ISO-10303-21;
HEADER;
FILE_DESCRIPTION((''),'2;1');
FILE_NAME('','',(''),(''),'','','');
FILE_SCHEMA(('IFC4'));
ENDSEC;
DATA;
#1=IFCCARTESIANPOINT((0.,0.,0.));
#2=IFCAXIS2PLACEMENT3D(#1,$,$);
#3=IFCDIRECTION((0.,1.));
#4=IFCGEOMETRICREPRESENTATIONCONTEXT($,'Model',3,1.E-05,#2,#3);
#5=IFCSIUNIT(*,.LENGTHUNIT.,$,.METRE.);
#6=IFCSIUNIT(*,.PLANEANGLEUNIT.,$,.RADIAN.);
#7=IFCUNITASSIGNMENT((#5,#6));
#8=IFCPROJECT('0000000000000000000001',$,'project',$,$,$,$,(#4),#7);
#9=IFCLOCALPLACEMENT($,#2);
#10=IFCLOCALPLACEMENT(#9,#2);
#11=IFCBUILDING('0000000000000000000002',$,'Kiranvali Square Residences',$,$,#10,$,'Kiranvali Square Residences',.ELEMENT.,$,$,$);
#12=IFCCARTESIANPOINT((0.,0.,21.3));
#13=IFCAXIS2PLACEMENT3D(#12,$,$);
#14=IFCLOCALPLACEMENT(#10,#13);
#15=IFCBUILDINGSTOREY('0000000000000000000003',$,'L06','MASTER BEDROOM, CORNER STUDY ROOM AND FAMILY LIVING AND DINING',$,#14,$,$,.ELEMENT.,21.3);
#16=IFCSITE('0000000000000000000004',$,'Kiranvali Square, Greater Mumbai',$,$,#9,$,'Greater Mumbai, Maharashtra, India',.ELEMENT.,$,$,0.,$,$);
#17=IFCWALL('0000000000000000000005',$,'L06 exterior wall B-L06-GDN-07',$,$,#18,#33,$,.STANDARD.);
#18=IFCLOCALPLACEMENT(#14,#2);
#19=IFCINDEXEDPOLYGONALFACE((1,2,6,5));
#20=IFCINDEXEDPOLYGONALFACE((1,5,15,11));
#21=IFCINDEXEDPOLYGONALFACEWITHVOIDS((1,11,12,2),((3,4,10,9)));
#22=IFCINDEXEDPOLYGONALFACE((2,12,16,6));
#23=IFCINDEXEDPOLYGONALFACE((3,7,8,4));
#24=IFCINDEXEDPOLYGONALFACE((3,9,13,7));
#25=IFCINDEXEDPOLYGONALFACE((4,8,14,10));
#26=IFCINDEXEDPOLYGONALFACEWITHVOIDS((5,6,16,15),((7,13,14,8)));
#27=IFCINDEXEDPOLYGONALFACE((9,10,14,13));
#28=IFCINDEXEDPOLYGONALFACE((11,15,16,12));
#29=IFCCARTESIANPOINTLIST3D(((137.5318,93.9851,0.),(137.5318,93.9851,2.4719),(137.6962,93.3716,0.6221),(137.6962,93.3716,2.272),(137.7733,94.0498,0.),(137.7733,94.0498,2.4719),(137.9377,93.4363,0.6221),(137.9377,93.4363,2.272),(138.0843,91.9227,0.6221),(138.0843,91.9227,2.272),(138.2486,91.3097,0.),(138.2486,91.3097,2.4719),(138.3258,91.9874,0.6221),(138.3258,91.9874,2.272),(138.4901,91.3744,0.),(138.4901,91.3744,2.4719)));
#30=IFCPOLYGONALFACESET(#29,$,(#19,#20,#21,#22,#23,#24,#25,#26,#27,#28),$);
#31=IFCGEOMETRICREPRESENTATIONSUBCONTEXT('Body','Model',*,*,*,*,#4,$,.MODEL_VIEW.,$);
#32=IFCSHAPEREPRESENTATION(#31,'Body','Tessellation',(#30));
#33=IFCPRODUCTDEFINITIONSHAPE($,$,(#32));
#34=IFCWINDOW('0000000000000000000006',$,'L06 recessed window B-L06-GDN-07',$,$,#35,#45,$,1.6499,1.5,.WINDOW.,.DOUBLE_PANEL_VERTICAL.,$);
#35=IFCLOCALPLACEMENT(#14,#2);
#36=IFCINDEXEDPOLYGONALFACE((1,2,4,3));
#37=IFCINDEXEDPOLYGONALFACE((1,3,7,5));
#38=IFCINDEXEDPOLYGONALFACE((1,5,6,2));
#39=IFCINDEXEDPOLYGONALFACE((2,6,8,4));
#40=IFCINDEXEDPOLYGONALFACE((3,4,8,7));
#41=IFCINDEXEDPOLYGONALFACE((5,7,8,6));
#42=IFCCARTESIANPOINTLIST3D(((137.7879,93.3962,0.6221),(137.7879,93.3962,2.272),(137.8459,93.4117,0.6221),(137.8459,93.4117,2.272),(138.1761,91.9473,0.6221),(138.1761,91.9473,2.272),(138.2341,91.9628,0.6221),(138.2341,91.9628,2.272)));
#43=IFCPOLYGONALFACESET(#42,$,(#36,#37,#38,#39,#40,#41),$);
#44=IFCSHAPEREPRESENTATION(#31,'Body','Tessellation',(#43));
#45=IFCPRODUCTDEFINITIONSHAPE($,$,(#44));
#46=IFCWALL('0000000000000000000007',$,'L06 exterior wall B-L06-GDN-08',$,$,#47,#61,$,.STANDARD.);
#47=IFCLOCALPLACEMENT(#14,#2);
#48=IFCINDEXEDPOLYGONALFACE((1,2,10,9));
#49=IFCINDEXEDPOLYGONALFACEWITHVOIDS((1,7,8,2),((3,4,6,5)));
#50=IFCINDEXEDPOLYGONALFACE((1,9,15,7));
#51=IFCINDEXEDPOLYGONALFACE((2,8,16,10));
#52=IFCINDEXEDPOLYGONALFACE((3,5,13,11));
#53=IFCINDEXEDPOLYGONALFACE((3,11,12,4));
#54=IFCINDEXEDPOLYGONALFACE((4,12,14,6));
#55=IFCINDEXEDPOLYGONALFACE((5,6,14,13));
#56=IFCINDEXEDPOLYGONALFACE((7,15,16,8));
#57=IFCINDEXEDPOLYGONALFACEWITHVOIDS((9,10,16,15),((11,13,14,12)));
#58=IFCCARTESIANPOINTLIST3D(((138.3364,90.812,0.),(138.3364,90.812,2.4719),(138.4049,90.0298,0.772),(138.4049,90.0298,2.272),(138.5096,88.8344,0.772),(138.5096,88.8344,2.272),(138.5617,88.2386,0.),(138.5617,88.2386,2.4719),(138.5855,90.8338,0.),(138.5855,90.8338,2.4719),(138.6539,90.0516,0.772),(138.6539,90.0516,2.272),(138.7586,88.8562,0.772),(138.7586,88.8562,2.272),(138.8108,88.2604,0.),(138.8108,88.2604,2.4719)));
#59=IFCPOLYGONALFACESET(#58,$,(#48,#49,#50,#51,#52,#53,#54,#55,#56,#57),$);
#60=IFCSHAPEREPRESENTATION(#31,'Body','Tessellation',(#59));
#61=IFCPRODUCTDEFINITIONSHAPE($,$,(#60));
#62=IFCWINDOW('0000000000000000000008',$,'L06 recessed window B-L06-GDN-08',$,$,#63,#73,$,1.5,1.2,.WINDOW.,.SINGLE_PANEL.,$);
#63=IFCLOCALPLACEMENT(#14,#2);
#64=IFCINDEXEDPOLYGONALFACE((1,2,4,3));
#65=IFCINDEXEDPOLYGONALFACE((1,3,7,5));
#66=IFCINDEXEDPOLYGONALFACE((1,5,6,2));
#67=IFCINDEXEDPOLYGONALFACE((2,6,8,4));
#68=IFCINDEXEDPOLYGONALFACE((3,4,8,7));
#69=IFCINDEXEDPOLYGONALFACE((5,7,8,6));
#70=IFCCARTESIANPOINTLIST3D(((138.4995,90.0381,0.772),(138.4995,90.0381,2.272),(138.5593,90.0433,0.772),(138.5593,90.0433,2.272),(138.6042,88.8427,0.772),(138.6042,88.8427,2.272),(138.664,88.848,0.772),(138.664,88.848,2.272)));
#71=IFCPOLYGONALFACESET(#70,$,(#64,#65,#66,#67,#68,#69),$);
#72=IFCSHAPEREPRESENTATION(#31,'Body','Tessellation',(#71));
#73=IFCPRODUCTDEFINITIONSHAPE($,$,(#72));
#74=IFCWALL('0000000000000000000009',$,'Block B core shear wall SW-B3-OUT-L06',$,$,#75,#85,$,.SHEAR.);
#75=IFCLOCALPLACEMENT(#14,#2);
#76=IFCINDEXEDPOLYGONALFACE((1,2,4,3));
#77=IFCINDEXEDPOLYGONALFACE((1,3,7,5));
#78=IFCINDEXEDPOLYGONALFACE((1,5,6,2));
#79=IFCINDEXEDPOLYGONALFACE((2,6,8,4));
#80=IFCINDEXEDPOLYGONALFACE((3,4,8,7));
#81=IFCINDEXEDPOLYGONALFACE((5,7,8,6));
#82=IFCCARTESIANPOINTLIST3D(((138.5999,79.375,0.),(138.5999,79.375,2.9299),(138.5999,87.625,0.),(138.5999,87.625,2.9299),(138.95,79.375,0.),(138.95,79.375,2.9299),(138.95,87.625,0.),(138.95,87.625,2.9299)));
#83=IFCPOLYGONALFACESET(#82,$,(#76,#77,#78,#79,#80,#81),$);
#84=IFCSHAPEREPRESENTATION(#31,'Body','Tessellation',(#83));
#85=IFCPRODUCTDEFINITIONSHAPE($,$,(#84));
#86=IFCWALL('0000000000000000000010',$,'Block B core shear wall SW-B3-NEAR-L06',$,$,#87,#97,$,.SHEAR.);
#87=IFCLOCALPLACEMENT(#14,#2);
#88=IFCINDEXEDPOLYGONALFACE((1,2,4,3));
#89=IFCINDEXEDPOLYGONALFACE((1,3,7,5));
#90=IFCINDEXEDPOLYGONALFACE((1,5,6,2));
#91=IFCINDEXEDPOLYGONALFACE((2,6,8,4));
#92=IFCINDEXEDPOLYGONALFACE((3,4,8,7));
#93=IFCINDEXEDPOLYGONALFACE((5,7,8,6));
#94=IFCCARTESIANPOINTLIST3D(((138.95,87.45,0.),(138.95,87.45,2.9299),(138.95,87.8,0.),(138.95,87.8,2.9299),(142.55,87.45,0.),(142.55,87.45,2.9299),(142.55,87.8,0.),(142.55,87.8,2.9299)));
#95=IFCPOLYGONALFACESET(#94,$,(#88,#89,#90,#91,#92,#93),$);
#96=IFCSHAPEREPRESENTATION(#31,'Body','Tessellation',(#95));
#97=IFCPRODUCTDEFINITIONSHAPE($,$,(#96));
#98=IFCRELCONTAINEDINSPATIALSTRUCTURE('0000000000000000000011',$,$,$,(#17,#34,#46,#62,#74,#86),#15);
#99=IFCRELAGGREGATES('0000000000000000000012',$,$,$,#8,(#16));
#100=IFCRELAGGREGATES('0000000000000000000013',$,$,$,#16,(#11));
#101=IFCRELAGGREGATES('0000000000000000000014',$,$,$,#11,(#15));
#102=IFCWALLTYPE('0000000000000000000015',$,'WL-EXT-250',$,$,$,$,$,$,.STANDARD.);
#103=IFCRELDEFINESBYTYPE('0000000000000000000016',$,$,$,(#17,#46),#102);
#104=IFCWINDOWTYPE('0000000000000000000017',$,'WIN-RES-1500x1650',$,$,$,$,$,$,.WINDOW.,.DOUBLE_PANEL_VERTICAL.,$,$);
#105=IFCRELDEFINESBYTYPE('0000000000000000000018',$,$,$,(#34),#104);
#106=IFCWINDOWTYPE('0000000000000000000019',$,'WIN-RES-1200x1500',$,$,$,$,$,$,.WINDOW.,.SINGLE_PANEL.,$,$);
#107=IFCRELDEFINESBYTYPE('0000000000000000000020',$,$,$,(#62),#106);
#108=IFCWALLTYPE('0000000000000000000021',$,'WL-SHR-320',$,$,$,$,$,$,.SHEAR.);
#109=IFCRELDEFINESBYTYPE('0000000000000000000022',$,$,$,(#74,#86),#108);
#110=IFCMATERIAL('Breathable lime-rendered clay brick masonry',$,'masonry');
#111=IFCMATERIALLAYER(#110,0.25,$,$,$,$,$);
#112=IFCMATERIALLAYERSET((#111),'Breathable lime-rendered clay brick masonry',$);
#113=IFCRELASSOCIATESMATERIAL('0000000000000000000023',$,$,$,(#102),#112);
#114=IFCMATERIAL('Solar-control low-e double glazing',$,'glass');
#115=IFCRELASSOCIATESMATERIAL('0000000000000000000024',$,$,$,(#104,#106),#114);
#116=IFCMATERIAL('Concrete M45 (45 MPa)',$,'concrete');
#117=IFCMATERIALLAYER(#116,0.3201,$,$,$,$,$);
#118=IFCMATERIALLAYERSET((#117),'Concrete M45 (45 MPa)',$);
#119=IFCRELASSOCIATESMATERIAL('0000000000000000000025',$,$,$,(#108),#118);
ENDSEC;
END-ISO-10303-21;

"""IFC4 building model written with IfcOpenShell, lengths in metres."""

from ifc_helpers import new_model, si_unit, direction, frame, frame_2d, origin, place, context, subcontext, project, spatial, rectangle, extrude, material, layer, layer_set, type_object, element, fill, save


model = new_model("IFC4")

# Units and contexts
model_context = context("Model", 3, precision=1e-05, world=origin(), true_north=direction((0.0, 1.0)))
body_context = subcontext(model_context, "Body", "Model", "MODEL_VIEW")
ifc_project = project(units=[si_unit("LENGTHUNIT", "METRE"), si_unit("PLANEANGLEUNIT", "RADIAN")], contexts=[model_context])

# Site, building, storey
site_placement = place(None, origin())
site = spatial("IfcSite", under=ifc_project, at=site_placement, Name="Kiranvali Square, Greater Mumbai", LongName="Greater Mumbai, Maharashtra, India", CompositionType="ELEMENT", RefElevation=0.0)
building_placement = place(site_placement, origin())
building = spatial("IfcBuilding", under=site, at=building_placement, Name="Kiranvali Square Residences", LongName="Kiranvali Square Residences", CompositionType="ELEMENT")
storey_placement = place(building_placement, frame((0.0, 0.0, 21.3)))
storey = spatial("IfcBuildingStorey", under=building, at=storey_placement, Name="L06", Description="MASTER BEDROOM, CORNER STUDY ROOM AND FAMILY LIVING AND DINING", CompositionType="ELEMENT", Elevation=21.3)

# Shared definitions
ifc_material_1 = material(Name="Breathable lime-rendered clay brick masonry", Category="masonry")
ifc_layer_1 = layer(ifc_material_1, 0.25)
ifc_layer_set_1 = layer_set([ifc_layer_1], Name="Breathable lime-rendered clay brick masonry")
wall_type_1 = type_object("IfcWallType", Name="WL-EXT-250", PredefinedType="STANDARD", material=ifc_layer_set_1)

# Walls, openings, windows
ifc_material_2 = material(Name="Solar-control low-e double glazing", Category="glass")
wall_1_placement = place(storey_placement, frame((137.6526, 94.0173, 0.0), z_axis=(0.0, 0.0, 1.0), x_axis=(0.258782, -0.965936, 0.0)))
wall_1 = element("IfcWall", 1, at=wall_1_placement, inside=storey, type_object=wall_type_1, Name="L06 exterior wall B-L06-GDN-07", PredefinedType="STANDARD", context=body_context, shape_type="SweptSolid", body=[
    extrude(rectangle(XDim=2.7698, YDim=0.25, at=frame_2d((1.3848, 0.0))), origin(), (0.0, 0.0, 1.0), 2.4719),
])
opening_1_placement = place(wall_1_placement, frame((0.635, 0.0, 0.6221)))
opening_1 = element("IfcOpeningElement", 2, at=opening_1_placement, cuts=wall_1, PredefinedType="OPENING", context=body_context, shape_type="SweptSolid", body=[
    extrude(rectangle(XDim=1.5, YDim=1.6499, at=frame_2d((0.75, 0.825))), frame((0.0, 0.135, 0.0), z_axis=(0.0, -1.0, 0.0), x_axis=(1.0, 0.0, 0.0)), (0.0, 0.0, 1.0), 0.27),
])
window_type_1 = type_object("IfcWindowType", Name="WIN-RES-1500x1650", PartitioningType="DOUBLE_PANEL_VERTICAL", PredefinedType="WINDOW", material=ifc_material_2)
window_1_placement = place(opening_1_placement, origin())
window_1 = element("IfcWindow", 3, at=window_1_placement, inside=storey, type_object=window_type_1, Name="L06 recessed window B-L06-GDN-07", OverallHeight=1.6499, OverallWidth=1.5, PartitioningType="DOUBLE_PANEL_VERTICAL", PredefinedType="WINDOW", context=body_context, shape_type="SweptSolid", body=[
    extrude(rectangle(XDim=1.5, YDim=1.6499, at=frame_2d((0.75, 0.825))), frame((0.0, 0.03, 0.0), z_axis=(0.0, -1.0, 0.0), x_axis=(1.0, 0.0, 0.0)), (0.0, 0.0, 1.0), 0.0601),
])
fill(opening_1, window_1)
wall_2_placement = place(storey_placement, frame((138.4609, 90.8228, 0.0), z_axis=(0.0, 0.0, 1.0), x_axis=(0.087229, -0.996188, 0.0)))
wall_2 = element("IfcWall", 4, at=wall_2_placement, inside=storey, type_object=wall_type_1, Name="L06 exterior wall B-L06-GDN-08", PredefinedType="STANDARD", context=body_context, shape_type="SweptSolid", body=[
    extrude(rectangle(XDim=2.5833, YDim=0.25, at=frame_2d((1.2915, 0.0))), origin(), (0.0, 0.0, 1.0), 2.4719),
])
opening_2_placement = place(wall_2_placement, frame((0.7849, 0.0, 0.772)))
opening_2 = element("IfcOpeningElement", 5, at=opening_2_placement, cuts=wall_2, PredefinedType="OPENING", context=body_context, shape_type="SweptSolid", body=[
    extrude(rectangle(XDim=1.2, YDim=1.5, at=frame_2d((0.6001, 0.75))), frame((0.0, 0.135, 0.0), z_axis=(0.0, -1.0, 0.0), x_axis=(1.0, 0.0, 0.0)), (0.0, 0.0, 1.0), 0.27),
])
window_type_2 = type_object("IfcWindowType", Name="WIN-RES-1200x1500", PartitioningType="SINGLE_PANEL", PredefinedType="WINDOW", material=ifc_material_2)
window_2_placement = place(opening_2_placement, origin())
window_2 = element("IfcWindow", 6, at=window_2_placement, inside=storey, type_object=window_type_2, Name="L06 recessed window B-L06-GDN-08", OverallHeight=1.5, OverallWidth=1.2, PartitioningType="SINGLE_PANEL", PredefinedType="WINDOW", context=body_context, shape_type="SweptSolid", body=[
    extrude(rectangle(XDim=1.2, YDim=1.5, at=frame_2d((0.6001, 0.75))), frame((0.0, 0.03, 0.0), z_axis=(0.0, -1.0, 0.0), x_axis=(1.0, 0.0, 0.0)), (0.0, 0.0, 1.0), 0.0601),
])
fill(opening_2, window_2)

# Walls
ifc_material_3 = material(Name="Concrete M45 (45 MPa)", Category="concrete")
ifc_layer_2 = layer(ifc_material_3, 0.3201)
ifc_layer_set_2 = layer_set([ifc_layer_2], Name="Concrete M45 (45 MPa)")
wall_type_2 = type_object("IfcWallType", Name="WL-SHR-320", PredefinedType="SHEAR", material=ifc_layer_set_2)
wall_3_placement = place(storey_placement, frame((138.7749, 87.625, 0.0), z_axis=(0.0, 0.0, 1.0), x_axis=(0.0, -1.0, 0.0)))
element("IfcWall", 7, at=wall_3_placement, inside=storey, type_object=wall_type_2, Name="Block B core shear wall SW-B3-OUT-L06", PredefinedType="SHEAR", context=body_context, shape_type="SweptSolid", body=[
    extrude(rectangle(XDim=8.25, YDim=0.3501, at=frame_2d((4.125, 0.0))), origin(), (0.0, 0.0, 1.0), 2.9299),
])
wall_4_placement = place(storey_placement, frame((138.95, 87.625, 0.0), z_axis=(0.0, 0.0, 1.0), x_axis=(1.0, 0.0, 0.0)))
element("IfcWall", 8, at=wall_4_placement, inside=storey, type_object=wall_type_2, Name="Block B core shear wall SW-B3-NEAR-L06", PredefinedType="SHEAR", context=body_context, shape_type="SweptSolid", body=[
    extrude(rectangle(XDim=3.6001, YDim=0.3501, at=frame_2d((1.8, 0.0))), origin(), (0.0, 0.0, 1.0), 2.9299),
])

save(model, "model.ifc")
